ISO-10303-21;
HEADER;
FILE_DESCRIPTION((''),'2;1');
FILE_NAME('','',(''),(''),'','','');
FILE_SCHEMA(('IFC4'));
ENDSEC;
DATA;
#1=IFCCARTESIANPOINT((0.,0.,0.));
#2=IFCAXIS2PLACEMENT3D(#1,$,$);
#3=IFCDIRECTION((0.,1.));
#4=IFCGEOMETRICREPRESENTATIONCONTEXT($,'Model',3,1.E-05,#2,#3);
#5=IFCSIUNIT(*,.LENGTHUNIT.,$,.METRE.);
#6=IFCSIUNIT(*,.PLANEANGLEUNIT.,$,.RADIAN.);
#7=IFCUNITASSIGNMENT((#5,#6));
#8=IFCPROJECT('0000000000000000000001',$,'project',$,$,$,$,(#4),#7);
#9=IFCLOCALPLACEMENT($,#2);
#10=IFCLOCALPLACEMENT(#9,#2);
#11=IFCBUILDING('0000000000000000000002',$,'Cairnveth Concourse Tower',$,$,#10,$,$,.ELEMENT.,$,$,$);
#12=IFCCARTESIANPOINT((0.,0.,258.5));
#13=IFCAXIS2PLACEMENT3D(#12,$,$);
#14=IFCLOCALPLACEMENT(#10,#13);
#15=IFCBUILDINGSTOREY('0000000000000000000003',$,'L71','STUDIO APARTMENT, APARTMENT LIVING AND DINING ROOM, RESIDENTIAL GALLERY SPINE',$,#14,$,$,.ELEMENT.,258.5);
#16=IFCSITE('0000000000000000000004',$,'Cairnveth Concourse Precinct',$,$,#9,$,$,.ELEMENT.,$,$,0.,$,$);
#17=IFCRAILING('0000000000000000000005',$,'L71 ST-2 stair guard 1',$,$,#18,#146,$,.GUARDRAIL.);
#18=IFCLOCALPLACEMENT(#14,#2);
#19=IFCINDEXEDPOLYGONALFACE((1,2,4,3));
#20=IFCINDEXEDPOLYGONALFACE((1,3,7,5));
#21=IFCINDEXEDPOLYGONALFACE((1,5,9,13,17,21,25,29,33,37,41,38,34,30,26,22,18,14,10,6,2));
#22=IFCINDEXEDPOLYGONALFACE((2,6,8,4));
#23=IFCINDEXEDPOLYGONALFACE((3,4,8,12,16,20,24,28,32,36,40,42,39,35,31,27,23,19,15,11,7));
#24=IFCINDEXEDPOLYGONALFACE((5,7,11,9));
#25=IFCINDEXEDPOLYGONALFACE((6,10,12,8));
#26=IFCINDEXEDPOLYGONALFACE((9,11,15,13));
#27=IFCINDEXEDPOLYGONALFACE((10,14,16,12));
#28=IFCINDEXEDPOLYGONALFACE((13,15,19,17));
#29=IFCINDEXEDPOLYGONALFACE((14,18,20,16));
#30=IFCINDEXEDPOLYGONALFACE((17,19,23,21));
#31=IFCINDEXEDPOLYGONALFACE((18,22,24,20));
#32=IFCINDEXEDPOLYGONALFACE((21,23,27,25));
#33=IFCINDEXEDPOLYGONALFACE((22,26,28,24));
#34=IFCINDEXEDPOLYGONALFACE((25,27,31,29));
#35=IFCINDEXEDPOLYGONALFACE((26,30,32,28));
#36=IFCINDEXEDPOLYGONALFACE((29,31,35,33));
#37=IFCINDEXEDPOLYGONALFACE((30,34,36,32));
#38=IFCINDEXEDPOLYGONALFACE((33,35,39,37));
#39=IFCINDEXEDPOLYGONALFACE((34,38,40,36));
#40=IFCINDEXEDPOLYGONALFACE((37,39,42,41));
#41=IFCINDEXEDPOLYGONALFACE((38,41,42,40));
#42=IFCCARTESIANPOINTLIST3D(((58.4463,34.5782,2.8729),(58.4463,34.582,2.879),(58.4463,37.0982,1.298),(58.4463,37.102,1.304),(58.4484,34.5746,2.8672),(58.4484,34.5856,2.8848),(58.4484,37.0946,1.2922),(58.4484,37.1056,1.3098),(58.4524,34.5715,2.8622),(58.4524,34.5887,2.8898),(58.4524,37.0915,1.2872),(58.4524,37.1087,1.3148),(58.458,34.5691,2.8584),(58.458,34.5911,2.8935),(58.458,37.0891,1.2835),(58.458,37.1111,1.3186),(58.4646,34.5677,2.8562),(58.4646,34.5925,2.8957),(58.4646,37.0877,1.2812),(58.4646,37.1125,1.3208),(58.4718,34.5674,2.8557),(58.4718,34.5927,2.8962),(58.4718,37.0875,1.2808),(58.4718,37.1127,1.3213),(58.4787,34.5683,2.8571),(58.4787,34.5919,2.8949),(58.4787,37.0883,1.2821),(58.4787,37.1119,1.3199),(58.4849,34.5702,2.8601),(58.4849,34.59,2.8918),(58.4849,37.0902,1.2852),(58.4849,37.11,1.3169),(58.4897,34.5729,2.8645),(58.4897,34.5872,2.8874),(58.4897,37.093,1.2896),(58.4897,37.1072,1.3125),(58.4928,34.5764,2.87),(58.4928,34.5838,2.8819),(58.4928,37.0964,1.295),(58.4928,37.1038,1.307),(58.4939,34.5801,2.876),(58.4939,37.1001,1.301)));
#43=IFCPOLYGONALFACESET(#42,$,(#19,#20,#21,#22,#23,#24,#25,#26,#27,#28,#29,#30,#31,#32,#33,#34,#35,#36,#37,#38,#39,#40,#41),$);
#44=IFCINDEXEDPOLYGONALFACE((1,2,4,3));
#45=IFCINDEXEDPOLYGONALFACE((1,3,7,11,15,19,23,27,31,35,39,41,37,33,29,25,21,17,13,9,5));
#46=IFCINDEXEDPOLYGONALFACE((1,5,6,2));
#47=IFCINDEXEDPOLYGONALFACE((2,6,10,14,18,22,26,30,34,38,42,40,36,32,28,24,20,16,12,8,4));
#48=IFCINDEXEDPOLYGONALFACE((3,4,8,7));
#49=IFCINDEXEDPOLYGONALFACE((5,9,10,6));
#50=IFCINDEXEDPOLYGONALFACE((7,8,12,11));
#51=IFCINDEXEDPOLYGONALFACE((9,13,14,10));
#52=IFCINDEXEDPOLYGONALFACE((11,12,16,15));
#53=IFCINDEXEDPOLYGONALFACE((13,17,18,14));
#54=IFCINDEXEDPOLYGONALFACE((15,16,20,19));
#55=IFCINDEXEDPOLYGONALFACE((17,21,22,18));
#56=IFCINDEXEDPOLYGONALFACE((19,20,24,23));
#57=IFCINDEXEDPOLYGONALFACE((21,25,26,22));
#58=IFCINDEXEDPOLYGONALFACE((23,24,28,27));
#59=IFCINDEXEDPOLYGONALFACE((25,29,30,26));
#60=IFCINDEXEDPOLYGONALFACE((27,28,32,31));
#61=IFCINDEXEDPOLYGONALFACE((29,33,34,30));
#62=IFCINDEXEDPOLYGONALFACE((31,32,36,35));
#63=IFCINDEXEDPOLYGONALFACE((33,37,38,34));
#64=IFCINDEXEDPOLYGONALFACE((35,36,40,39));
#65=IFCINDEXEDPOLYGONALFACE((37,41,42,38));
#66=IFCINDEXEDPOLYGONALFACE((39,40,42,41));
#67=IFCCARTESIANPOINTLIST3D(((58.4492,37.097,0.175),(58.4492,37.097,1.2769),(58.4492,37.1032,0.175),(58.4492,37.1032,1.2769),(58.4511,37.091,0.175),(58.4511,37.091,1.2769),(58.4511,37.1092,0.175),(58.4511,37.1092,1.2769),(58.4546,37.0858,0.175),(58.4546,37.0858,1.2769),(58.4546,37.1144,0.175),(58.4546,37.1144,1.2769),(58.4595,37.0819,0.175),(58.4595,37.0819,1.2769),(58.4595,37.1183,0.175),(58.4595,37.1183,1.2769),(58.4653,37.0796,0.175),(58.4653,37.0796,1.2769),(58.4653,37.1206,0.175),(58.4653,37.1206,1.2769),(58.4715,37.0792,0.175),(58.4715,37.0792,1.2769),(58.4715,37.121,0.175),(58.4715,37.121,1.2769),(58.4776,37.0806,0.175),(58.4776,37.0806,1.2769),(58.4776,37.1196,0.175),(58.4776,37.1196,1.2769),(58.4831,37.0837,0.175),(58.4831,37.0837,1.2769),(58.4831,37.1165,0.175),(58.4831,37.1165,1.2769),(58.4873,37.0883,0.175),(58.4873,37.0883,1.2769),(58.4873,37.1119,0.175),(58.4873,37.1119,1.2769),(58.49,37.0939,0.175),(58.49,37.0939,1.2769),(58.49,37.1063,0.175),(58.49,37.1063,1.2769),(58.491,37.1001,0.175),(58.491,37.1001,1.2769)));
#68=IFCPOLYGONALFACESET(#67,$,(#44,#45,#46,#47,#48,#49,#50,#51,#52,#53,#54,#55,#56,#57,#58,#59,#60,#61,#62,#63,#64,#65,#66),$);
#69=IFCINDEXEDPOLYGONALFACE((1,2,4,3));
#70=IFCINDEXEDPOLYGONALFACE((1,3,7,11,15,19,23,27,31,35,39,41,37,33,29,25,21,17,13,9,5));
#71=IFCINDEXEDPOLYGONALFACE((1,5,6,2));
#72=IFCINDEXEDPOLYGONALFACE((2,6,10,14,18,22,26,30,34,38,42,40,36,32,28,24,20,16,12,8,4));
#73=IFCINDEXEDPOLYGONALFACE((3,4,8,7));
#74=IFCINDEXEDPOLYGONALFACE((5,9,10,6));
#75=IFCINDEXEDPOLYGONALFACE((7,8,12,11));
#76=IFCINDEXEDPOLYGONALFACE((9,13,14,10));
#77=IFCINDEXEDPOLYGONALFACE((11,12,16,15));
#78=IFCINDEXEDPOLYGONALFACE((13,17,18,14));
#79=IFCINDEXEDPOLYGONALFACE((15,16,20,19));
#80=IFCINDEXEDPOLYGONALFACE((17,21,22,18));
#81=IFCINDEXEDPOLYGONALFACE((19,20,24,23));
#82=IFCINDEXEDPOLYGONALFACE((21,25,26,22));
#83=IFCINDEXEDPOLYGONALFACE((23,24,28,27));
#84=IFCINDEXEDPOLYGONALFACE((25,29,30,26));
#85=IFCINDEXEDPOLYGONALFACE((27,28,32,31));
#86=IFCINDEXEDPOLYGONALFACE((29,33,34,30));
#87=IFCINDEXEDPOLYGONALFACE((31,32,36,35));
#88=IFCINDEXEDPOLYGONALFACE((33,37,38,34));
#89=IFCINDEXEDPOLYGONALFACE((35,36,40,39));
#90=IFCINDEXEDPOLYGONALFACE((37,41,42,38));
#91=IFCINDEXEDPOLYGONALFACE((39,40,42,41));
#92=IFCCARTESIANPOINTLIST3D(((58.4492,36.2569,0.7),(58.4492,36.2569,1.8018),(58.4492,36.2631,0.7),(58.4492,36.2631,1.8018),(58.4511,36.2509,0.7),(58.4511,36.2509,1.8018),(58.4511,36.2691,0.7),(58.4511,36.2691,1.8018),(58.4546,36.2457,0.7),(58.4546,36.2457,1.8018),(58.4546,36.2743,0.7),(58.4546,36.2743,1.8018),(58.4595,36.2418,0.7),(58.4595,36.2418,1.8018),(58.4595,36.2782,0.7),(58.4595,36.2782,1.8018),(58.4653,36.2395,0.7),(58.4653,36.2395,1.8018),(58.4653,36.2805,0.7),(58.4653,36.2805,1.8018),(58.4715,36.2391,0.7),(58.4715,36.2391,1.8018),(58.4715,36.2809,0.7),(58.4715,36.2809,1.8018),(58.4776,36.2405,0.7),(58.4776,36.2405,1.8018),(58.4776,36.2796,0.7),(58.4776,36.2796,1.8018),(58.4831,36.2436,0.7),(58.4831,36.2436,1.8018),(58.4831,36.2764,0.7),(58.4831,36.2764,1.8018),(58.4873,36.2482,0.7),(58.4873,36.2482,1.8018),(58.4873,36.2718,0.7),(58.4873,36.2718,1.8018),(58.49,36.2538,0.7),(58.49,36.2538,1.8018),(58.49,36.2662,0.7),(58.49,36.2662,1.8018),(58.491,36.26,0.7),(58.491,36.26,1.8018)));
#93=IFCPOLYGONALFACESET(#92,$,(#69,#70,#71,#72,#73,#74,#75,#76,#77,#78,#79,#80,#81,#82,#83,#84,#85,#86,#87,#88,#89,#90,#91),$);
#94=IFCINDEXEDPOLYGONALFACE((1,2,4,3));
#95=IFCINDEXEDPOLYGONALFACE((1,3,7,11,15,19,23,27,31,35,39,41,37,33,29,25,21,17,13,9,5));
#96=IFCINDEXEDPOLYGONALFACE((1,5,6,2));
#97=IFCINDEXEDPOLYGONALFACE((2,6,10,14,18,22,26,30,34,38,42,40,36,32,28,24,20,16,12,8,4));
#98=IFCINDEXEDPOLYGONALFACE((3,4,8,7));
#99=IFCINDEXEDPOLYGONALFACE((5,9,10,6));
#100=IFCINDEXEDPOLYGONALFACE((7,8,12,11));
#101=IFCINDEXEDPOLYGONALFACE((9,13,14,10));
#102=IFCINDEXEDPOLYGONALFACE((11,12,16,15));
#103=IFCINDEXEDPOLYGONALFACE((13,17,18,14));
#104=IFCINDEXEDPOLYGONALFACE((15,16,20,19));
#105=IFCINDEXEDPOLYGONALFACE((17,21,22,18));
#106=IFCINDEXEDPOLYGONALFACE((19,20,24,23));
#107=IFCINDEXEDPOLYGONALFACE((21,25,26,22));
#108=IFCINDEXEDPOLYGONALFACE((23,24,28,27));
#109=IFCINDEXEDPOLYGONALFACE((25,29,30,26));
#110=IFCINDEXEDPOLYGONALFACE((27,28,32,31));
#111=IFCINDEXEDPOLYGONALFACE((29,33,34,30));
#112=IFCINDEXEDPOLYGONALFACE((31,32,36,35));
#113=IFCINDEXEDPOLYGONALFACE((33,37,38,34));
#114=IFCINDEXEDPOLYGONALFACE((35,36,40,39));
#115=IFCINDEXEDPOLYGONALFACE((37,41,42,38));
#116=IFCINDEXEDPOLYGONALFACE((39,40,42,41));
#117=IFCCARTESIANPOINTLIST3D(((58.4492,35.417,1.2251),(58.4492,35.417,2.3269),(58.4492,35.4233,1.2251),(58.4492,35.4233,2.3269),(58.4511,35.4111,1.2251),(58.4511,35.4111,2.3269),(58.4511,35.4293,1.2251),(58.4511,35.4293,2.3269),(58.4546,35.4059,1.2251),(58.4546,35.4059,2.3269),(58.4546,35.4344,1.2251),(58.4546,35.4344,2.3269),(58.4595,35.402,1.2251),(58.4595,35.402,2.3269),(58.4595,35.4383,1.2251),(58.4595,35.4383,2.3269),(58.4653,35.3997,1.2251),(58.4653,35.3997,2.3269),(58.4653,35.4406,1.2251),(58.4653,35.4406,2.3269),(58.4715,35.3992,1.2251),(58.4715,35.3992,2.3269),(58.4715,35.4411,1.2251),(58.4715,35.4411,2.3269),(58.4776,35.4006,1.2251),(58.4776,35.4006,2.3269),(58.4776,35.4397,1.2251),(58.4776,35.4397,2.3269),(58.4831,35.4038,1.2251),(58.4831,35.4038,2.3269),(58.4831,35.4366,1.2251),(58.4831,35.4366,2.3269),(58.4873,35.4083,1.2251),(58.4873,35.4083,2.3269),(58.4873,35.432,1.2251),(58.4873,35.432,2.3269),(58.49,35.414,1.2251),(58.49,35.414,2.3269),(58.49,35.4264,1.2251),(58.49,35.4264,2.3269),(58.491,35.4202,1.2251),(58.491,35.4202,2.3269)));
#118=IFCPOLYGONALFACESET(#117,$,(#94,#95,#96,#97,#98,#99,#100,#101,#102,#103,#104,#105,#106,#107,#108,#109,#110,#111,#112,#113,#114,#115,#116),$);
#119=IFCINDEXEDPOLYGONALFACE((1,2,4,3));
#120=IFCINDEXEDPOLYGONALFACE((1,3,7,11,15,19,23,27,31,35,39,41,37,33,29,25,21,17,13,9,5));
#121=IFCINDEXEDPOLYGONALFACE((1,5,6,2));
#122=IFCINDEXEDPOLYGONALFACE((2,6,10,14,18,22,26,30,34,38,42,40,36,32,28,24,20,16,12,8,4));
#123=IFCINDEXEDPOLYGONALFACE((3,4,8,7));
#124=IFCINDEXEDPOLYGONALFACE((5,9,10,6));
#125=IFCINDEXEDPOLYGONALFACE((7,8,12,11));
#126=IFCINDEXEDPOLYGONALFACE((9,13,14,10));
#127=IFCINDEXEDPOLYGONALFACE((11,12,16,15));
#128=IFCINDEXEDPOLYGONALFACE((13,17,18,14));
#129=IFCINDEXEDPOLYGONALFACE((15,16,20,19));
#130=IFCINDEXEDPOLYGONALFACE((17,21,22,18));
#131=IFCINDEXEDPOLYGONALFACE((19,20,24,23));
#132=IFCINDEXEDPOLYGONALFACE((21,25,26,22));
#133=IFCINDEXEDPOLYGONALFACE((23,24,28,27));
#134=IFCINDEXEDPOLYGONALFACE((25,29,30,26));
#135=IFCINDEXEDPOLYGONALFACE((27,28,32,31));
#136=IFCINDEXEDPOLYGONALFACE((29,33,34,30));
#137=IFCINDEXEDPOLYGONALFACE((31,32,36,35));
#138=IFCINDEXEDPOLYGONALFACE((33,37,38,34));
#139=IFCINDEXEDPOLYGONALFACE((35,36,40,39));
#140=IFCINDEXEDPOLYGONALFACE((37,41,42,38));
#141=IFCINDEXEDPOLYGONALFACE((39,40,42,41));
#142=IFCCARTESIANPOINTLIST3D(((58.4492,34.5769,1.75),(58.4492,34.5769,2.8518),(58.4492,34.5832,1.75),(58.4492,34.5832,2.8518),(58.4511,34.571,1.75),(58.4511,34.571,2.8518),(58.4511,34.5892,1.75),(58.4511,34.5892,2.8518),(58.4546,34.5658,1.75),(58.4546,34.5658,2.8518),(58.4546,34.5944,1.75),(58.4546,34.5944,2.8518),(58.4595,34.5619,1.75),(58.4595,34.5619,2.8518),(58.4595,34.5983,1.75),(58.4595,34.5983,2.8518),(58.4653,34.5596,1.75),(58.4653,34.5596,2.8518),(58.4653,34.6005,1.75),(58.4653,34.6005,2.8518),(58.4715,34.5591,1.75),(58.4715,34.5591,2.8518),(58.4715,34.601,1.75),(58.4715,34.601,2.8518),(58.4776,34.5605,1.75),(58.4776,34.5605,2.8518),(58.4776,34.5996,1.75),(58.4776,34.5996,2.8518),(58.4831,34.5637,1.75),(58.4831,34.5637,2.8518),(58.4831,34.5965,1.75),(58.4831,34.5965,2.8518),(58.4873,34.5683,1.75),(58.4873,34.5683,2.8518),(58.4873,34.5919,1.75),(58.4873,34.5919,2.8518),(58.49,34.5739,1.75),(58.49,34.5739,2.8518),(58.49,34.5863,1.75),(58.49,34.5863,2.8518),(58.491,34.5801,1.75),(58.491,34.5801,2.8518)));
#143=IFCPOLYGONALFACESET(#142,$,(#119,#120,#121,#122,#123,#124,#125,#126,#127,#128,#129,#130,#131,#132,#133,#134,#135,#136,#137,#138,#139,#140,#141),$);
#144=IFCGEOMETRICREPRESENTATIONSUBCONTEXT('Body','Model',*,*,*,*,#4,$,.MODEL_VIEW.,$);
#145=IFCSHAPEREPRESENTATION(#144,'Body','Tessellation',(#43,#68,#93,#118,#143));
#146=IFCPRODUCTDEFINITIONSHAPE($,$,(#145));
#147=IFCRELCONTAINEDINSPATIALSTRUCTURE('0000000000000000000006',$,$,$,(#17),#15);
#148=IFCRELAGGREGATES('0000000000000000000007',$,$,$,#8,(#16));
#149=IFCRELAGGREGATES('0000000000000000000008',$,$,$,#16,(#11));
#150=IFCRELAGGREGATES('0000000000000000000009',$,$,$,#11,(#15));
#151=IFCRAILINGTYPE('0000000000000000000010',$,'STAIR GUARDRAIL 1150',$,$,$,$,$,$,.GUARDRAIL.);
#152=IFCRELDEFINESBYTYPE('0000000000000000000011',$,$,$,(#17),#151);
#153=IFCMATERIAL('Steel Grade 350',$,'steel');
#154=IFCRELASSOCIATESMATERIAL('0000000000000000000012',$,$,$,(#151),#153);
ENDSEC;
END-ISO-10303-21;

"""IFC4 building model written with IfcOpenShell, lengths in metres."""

from ifc_helpers import new_model, si_unit, direction, frame, origin, origin_2d, place, context, subcontext, project, spatial, circle, extrude, material, type_object, element, save


model = new_model("IFC4")

# Units and contexts
model_context = context("Model", 3, precision=1e-05, world=origin(), true_north=direction((0.0, 1.0)))
body_context = subcontext(model_context, "Body", "Model", "MODEL_VIEW")
ifc_project = project(units=[si_unit("LENGTHUNIT", "METRE"), si_unit("PLANEANGLEUNIT", "RADIAN")], contexts=[model_context])

# Site, building, storey
site_placement = place(None, origin())
site = spatial("IfcSite", under=ifc_project, at=site_placement, Name="Cairnveth Concourse Precinct", CompositionType="ELEMENT", RefElevation=0.0)
building_placement = place(site_placement, origin())
building = spatial("IfcBuilding", under=site, at=building_placement, Name="Cairnveth Concourse Tower", CompositionType="ELEMENT")
storey_placement = place(building_placement, frame((0.0, 0.0, 258.5)))
storey = spatial("IfcBuildingStorey", under=building, at=storey_placement, Name="L71", Description="STUDIO APARTMENT, APARTMENT LIVING AND DINING ROOM, RESIDENTIAL GALLERY SPINE", CompositionType="ELEMENT", Elevation=258.5)

# Shared definitions
ifc_material_1 = material(Name="Steel Grade 350", Category="steel")

# Railing
railing_type = type_object("IfcRailingType", Name="STAIR GUARDRAIL 1150", PredefinedType="GUARDRAIL", material=ifc_material_1)
railing_1_placement = place(storey_placement, frame((58.47, 37.1001, 0.175)))
element("IfcRailing", 1, at=railing_1_placement, inside=storey, type_object=railing_type, Name="L71 ST-2 stair guard 1", PredefinedType="GUARDRAIL", context=body_context, shape_type="SweptSolid", body=[
    extrude(circle(Radius=0.0239, at=origin_2d()), frame((0.0, 0.0, 1.126), z_axis=(0.0, -0.848008, 0.529984), x_axis=(1.0, 0.0, 0.0)), (0.0, 0.0, 1.0), 2.9717),
    extrude(circle(Radius=0.021, at=origin_2d()), origin(), (0.0, 0.0, 1.0), 1.1018),
    extrude(circle(Radius=0.021, at=origin_2d()), frame((0.0, -0.8401, 0.5249)), (0.0, 0.0, 1.0), 1.1018),
    extrude(circle(Radius=0.021, at=origin_2d()), frame((0.0, -1.6799, 1.05)), (0.0, 0.0, 1.0), 1.1018),
    extrude(circle(Radius=0.021, at=origin_2d()), frame((0.0, -2.52, 1.575)), (0.0, 0.0, 1.0), 1.1018),
])

save(model, "model.ifc")
